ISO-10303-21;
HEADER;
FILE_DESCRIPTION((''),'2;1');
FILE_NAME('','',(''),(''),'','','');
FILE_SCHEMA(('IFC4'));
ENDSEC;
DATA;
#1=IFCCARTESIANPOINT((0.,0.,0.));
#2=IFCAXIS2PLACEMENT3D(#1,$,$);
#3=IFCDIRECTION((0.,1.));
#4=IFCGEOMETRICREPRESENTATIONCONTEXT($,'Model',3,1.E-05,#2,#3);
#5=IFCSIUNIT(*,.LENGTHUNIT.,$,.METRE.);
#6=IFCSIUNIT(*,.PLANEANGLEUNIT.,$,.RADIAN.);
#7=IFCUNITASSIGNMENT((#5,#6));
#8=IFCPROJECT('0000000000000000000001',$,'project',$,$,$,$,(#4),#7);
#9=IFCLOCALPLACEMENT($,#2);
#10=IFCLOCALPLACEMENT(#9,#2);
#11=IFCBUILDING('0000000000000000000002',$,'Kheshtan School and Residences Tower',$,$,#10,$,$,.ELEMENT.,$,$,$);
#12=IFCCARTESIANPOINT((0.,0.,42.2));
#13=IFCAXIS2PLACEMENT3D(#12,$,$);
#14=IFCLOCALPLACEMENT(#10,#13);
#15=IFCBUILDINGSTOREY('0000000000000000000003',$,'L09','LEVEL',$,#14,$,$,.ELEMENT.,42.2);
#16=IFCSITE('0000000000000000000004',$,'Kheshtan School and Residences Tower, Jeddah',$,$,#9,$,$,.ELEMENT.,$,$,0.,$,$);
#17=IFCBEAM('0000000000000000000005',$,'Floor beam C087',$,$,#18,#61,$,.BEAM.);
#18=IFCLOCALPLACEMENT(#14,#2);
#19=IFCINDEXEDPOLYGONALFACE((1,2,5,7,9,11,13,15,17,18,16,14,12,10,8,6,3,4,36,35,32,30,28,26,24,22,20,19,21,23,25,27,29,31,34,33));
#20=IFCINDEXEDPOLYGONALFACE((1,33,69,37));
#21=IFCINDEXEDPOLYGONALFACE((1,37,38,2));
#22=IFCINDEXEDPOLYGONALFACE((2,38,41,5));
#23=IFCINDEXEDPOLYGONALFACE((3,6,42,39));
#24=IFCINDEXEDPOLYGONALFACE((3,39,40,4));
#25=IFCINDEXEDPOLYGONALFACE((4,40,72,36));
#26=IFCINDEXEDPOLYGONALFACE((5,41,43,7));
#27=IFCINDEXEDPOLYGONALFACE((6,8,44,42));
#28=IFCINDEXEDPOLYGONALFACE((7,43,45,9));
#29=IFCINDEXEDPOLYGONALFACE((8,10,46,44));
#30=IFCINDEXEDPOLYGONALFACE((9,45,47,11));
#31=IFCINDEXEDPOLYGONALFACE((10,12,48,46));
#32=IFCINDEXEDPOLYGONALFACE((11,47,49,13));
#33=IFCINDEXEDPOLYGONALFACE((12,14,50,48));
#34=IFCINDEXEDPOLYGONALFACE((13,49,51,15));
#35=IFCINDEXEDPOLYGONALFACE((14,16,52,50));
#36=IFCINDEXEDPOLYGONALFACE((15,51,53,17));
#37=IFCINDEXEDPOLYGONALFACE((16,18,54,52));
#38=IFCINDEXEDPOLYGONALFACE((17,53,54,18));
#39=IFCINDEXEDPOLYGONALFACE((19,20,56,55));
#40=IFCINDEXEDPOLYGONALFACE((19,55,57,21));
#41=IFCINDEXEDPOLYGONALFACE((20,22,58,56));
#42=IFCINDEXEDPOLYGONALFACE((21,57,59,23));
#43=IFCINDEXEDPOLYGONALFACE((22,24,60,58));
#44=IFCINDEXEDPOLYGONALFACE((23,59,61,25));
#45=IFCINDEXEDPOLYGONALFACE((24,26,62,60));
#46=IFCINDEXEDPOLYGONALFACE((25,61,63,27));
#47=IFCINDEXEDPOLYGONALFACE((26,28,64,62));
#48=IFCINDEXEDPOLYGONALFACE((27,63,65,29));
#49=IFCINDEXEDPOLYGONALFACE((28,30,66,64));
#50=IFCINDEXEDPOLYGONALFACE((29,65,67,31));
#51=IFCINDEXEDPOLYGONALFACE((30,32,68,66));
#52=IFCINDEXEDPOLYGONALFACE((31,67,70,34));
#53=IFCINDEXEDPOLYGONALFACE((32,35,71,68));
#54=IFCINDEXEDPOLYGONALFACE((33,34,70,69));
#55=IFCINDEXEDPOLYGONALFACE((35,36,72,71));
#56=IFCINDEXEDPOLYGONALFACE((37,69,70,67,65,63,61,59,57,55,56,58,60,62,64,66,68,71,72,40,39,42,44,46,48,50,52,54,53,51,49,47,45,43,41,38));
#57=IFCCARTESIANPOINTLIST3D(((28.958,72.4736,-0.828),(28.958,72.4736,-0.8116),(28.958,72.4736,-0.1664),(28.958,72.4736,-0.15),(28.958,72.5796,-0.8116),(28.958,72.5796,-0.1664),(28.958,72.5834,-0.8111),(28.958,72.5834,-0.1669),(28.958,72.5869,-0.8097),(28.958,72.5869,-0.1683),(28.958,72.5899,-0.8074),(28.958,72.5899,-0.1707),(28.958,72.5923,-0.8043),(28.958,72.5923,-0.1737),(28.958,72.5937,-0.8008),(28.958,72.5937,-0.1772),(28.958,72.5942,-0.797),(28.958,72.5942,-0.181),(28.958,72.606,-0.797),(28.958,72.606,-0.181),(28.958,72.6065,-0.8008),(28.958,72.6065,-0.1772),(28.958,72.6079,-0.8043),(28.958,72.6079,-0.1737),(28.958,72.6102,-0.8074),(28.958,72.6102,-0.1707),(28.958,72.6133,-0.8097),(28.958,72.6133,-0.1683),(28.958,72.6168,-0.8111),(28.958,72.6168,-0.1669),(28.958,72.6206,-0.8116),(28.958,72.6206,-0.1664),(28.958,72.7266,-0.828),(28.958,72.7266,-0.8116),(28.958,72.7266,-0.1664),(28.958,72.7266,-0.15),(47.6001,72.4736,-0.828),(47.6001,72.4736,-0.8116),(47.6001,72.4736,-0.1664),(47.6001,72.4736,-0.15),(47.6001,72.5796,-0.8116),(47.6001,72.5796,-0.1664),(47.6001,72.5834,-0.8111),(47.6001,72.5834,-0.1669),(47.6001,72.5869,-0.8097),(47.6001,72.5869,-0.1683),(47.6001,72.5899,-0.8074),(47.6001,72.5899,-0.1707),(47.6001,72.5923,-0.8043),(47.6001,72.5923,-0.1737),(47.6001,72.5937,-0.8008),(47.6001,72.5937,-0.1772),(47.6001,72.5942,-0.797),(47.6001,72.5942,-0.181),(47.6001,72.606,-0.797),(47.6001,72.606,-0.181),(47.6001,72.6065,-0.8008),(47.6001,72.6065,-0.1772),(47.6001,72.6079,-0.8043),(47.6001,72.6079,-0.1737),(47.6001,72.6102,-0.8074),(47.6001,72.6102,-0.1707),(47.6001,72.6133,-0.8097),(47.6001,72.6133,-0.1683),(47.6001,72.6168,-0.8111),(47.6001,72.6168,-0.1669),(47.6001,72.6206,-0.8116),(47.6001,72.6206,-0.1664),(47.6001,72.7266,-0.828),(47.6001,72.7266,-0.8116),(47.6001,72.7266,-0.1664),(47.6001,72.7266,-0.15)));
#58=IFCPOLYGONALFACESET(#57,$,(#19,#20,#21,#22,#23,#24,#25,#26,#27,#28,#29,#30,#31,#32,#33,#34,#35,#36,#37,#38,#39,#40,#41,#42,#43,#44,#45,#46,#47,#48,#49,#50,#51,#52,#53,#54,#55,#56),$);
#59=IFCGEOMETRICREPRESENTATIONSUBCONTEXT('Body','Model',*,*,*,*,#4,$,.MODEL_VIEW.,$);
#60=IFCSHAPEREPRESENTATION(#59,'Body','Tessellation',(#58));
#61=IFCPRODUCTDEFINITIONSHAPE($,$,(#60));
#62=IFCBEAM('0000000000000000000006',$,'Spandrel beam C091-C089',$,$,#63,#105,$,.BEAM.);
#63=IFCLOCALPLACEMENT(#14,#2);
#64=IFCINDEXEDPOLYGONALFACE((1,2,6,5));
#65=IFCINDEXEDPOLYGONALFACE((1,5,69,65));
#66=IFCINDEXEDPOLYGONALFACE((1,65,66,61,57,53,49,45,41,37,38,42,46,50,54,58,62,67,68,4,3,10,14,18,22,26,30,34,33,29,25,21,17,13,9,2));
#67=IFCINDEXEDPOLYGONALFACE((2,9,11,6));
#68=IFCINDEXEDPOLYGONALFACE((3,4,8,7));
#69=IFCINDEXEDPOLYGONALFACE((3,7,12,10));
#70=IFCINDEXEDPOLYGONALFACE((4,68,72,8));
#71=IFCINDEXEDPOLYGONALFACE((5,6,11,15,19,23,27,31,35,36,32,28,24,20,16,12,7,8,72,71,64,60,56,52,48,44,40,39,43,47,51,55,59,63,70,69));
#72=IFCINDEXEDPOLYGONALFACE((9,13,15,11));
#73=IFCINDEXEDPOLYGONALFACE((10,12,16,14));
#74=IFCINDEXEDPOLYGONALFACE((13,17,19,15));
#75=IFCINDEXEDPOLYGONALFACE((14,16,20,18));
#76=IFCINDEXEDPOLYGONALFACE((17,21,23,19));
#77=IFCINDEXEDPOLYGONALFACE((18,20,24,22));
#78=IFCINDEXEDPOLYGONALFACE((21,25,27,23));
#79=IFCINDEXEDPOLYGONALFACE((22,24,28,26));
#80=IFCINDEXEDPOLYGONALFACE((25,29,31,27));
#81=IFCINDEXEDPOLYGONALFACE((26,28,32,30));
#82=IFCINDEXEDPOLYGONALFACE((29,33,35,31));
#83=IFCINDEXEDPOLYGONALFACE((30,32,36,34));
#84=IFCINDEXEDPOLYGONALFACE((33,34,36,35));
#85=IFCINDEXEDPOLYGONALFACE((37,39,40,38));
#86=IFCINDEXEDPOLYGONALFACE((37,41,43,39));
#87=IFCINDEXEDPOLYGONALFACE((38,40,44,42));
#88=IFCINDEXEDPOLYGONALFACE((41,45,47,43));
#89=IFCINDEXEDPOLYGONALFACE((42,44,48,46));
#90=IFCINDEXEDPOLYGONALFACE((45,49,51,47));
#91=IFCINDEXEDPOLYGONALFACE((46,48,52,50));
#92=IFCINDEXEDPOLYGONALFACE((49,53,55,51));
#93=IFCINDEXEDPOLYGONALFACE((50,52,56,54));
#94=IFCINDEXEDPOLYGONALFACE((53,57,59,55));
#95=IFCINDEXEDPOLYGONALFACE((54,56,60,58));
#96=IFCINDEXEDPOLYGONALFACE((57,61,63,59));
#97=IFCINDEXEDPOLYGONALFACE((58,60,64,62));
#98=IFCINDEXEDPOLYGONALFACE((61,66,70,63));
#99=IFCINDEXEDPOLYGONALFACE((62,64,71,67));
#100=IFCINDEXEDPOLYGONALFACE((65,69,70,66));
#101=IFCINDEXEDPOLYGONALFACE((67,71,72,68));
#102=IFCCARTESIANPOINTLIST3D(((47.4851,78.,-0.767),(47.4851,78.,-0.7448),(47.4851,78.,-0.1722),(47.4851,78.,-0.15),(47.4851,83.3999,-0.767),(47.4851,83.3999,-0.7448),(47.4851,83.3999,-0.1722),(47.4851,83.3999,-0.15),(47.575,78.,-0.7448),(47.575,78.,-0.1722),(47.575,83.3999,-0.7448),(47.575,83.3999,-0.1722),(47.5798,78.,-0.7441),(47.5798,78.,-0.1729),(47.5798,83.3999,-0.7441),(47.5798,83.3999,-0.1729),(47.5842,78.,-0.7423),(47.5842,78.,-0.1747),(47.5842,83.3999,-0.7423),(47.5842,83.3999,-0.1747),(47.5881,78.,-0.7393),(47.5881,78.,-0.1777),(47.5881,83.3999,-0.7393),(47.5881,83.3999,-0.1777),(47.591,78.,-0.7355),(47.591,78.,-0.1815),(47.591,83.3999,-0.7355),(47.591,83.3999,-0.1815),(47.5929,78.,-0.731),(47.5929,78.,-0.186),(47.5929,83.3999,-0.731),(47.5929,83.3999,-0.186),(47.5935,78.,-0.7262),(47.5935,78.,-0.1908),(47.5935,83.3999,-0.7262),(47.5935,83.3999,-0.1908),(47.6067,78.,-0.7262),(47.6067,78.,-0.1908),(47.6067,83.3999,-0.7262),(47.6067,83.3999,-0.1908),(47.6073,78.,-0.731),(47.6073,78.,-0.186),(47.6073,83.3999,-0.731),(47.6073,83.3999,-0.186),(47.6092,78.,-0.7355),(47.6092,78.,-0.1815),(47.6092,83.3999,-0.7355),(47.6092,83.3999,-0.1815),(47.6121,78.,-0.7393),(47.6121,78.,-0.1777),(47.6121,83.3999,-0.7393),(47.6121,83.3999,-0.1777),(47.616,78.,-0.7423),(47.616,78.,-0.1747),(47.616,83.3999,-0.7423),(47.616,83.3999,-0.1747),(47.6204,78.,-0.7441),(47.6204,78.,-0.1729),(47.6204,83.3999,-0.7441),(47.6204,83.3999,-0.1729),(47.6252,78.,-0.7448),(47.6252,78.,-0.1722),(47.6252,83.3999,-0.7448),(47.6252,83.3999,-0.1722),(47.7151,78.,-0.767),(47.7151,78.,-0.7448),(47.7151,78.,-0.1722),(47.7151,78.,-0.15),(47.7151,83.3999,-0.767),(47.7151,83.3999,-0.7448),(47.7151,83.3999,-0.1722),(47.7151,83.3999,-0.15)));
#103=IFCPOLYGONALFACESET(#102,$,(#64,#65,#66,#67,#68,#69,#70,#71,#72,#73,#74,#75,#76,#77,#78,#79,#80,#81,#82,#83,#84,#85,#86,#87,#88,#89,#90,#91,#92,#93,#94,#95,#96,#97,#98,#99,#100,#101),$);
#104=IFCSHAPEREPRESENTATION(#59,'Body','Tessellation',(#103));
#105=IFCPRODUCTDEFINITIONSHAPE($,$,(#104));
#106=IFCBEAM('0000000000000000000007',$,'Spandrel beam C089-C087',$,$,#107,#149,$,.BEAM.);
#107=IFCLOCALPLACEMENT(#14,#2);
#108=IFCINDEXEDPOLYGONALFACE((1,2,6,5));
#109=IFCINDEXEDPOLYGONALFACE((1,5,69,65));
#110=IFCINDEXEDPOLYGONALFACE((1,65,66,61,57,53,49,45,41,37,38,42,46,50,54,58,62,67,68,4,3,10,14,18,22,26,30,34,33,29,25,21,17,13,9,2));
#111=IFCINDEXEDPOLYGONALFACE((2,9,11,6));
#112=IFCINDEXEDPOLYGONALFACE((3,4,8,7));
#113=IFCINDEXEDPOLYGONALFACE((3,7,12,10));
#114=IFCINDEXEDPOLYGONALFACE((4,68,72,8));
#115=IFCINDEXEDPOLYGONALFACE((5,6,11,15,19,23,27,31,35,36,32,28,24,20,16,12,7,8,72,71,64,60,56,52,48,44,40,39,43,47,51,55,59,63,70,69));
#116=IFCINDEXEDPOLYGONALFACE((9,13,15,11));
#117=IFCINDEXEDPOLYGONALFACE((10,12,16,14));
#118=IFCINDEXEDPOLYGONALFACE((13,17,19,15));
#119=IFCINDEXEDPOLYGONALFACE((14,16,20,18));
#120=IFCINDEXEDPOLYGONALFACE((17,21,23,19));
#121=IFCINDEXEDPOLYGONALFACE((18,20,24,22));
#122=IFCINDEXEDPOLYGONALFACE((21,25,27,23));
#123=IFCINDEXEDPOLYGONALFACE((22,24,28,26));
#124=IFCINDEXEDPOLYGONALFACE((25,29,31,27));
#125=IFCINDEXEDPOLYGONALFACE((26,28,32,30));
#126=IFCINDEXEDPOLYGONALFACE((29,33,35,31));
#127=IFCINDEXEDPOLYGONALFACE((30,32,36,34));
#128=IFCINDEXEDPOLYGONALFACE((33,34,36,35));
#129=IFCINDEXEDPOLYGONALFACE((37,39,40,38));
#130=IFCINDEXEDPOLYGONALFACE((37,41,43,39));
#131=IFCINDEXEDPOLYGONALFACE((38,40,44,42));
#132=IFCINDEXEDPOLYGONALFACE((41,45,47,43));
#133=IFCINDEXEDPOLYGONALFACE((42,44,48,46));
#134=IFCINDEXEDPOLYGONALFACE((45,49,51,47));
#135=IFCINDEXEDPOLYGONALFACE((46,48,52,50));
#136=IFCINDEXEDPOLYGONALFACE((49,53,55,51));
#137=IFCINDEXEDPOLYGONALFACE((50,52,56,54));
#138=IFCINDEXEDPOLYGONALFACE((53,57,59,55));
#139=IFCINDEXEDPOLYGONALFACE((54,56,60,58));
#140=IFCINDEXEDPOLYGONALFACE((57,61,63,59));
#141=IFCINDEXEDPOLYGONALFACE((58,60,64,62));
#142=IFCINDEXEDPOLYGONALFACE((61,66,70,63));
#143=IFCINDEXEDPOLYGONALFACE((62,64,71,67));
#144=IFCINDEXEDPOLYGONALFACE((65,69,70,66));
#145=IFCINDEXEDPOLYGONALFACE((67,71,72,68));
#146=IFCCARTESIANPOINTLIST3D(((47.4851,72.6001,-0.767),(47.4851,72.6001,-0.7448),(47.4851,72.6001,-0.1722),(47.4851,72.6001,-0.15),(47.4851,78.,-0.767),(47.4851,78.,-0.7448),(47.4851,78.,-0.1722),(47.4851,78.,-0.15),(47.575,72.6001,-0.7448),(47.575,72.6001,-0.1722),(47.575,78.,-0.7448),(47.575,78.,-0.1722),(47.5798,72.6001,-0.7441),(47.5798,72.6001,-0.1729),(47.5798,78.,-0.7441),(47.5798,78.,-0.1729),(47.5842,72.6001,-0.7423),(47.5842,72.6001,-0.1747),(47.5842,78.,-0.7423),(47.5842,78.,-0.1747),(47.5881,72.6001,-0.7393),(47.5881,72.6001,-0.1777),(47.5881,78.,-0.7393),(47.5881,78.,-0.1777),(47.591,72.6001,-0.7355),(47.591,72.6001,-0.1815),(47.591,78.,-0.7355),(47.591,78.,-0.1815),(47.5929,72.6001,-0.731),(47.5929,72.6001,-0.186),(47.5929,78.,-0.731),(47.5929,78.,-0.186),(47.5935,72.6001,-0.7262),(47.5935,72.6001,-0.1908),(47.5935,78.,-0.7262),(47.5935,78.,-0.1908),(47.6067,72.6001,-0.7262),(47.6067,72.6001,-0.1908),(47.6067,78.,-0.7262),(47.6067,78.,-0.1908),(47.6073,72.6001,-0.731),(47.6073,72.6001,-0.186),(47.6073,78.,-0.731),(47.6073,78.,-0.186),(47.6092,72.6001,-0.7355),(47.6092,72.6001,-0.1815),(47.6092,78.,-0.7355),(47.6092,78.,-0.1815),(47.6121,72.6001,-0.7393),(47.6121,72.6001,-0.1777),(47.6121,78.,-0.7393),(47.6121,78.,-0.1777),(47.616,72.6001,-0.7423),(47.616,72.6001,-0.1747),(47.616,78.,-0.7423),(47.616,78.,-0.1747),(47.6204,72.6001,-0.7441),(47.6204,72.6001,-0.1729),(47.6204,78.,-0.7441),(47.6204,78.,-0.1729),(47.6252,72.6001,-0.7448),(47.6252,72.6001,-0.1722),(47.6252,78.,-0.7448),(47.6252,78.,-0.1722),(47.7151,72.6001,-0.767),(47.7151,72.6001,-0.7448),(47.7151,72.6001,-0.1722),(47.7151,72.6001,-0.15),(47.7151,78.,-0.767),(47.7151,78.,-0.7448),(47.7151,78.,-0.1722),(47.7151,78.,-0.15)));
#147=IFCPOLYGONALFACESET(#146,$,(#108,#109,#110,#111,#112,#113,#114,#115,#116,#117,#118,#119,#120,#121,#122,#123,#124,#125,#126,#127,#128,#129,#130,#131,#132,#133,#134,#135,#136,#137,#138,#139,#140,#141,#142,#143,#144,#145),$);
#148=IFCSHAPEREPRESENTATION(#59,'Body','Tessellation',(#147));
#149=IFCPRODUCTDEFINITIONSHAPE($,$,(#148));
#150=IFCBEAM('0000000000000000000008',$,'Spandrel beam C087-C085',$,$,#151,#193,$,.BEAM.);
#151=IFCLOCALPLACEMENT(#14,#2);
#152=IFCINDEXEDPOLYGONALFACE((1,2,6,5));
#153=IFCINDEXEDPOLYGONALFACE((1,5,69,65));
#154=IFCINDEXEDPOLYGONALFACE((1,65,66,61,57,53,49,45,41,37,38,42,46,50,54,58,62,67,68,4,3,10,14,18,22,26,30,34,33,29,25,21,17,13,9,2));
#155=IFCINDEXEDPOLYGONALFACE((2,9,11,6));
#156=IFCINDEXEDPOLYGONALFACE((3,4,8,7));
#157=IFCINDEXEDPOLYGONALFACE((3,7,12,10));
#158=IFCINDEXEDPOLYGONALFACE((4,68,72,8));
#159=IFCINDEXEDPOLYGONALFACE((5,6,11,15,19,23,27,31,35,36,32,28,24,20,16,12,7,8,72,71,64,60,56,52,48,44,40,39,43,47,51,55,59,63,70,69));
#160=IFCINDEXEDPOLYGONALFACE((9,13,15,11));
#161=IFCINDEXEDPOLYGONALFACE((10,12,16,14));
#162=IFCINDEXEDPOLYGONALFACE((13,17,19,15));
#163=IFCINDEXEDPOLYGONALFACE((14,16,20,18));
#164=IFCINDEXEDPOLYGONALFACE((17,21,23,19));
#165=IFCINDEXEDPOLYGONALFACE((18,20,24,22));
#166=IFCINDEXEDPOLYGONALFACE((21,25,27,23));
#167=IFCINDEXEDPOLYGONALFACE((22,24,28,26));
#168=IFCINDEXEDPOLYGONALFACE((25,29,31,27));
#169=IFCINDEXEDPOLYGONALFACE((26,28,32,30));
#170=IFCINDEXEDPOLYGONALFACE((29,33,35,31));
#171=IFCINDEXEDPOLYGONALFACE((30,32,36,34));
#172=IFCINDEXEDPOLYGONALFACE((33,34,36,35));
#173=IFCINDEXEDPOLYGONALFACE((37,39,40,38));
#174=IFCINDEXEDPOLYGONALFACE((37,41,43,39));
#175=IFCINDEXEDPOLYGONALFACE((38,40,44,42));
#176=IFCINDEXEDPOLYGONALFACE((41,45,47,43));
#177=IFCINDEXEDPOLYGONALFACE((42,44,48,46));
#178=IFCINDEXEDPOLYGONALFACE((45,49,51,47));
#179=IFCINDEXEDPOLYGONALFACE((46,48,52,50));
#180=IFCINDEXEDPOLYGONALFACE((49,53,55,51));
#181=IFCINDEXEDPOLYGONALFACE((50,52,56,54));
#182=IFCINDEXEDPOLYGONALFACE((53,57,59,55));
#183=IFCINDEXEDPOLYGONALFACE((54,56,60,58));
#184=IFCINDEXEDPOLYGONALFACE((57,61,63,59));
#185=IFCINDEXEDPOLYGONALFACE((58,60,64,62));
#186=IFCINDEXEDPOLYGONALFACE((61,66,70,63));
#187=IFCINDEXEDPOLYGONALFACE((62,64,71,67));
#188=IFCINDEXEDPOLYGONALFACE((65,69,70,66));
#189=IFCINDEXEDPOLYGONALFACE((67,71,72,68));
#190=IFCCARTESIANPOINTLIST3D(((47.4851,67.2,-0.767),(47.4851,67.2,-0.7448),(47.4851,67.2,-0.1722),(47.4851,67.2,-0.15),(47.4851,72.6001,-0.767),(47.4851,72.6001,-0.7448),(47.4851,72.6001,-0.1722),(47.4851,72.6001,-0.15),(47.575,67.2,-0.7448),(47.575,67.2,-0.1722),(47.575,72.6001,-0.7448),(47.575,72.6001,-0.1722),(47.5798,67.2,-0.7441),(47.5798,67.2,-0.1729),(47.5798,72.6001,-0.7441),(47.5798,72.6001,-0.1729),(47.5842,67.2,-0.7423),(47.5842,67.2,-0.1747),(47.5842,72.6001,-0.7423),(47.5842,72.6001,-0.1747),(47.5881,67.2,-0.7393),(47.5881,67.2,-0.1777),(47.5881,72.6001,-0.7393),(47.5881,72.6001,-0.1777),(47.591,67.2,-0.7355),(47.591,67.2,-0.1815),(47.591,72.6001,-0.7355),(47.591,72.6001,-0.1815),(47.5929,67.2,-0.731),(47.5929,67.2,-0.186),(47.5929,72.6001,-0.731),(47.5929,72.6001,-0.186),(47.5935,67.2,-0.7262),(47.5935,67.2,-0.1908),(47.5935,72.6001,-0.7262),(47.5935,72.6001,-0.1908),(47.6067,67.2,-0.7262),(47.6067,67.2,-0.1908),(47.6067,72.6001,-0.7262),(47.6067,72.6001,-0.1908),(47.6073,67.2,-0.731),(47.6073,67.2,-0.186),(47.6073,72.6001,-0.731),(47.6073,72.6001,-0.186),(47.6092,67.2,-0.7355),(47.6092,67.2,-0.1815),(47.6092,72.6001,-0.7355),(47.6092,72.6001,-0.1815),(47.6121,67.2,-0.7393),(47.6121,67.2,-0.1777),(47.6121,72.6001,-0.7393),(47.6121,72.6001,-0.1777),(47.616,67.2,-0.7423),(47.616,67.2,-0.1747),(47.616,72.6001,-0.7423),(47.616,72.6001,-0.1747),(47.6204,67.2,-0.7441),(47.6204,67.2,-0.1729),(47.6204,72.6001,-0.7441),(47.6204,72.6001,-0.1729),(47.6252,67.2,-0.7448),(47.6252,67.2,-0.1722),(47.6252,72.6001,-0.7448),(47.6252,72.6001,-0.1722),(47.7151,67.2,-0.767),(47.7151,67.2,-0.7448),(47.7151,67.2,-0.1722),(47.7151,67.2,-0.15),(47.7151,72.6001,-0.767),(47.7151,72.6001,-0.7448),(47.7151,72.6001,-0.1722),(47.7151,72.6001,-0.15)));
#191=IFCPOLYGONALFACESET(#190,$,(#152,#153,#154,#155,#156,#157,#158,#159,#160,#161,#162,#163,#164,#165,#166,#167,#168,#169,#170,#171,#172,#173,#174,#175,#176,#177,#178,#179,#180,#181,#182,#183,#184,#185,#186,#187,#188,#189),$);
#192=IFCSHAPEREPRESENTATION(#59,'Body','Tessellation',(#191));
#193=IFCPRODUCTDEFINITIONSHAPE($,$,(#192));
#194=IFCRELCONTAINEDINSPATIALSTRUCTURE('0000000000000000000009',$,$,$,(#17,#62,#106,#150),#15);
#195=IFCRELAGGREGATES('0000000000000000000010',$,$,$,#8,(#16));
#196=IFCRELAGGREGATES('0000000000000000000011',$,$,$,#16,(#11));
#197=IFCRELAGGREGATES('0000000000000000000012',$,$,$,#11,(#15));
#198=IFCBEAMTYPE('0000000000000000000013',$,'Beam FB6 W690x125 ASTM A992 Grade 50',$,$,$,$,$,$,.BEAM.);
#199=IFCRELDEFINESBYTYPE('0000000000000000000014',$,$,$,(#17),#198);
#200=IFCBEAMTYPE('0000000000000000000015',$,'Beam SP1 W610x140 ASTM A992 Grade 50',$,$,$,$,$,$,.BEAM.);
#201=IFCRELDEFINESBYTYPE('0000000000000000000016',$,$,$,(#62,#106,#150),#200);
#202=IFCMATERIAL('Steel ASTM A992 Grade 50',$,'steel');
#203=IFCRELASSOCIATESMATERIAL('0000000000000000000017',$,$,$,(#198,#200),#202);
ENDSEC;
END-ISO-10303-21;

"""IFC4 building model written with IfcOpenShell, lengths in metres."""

from ifc_helpers import new_model, si_unit, direction, frame, origin, origin_2d, place, context, subcontext, project, spatial, i_section, extrude, material, material_profile, profile_set, type_object, element, save


model = new_model("IFC4")

# Units and contexts
model_context = context("Model", 3, precision=1e-05, world=origin(), true_north=direction((0.0, 1.0)))
body_context = subcontext(model_context, "Body", "Model", "MODEL_VIEW")
ifc_project = project(units=[si_unit("LENGTHUNIT", "METRE"), si_unit("PLANEANGLEUNIT", "RADIAN")], contexts=[model_context])

# Site, building, storey
site_placement = place(None, origin())
site = spatial("IfcSite", under=ifc_project, at=site_placement, Name="Kheshtan School and Residences Tower, Jeddah", CompositionType="ELEMENT", RefElevation=0.0)
building_placement = place(site_placement, origin())
building = spatial("IfcBuilding", under=site, at=building_placement, Name="Kheshtan School and Residences Tower", CompositionType="ELEMENT")
storey_placement = place(building_placement, frame((0.0, 0.0, 42.2)))
storey = spatial("IfcBuildingStorey", under=building, at=storey_placement, Name="L09", Description="LEVEL", CompositionType="ELEMENT", Elevation=42.2)

# Shared definitions
ifc_material_1 = material(Name="Steel ASTM A992 Grade 50", Category="steel")

# Beams
ifc_material_profile_1 = material_profile(ifc_material_1, i_section(OverallWidth=0.2529, OverallDepth=0.678, WebThickness=0.0117, FlangeThickness=0.0164, FilletRadius=0.0146, at=origin_2d()), Name="W690x125")
ifc_profile_set_1 = profile_set([ifc_material_profile_1], Name="Steel ASTM A992 Grade 50")
beam_type_1 = type_object("IfcBeamType", Name="Beam FB6 W690x125 ASTM A992 Grade 50", PredefinedType="BEAM", material=ifc_profile_set_1)
beam_1_placement = place(storey_placement, frame((47.6001, 72.6001, -0.489), z_axis=(-1.0, 0.0, 0.0), x_axis=(0.0, -1.0, 0.0)))
element("IfcBeam", 1, at=beam_1_placement, inside=storey, type_object=beam_type_1, Name="Floor beam C087", PredefinedType="BEAM", context=body_context, shape_type="SweptSolid", body=[
    extrude(i_section(OverallWidth=0.2529, OverallDepth=0.678, WebThickness=0.0117, FlangeThickness=0.0164, FilletRadius=0.0146, at=origin_2d()), origin(), (0.0, 0.0, 1.0), 18.6421),
])
ifc_material_profile_2 = material_profile(ifc_material_1, i_section(OverallWidth=0.23, OverallDepth=0.6169, WebThickness=0.0132, FlangeThickness=0.0222, FilletRadius=0.0186, at=origin_2d()), Name="W610x140")
ifc_profile_set_2 = profile_set([ifc_material_profile_2], Name="Steel ASTM A992 Grade 50")
beam_type_2 = type_object("IfcBeamType", Name="Beam SP1 W610x140 ASTM A992 Grade 50", PredefinedType="BEAM", material=ifc_profile_set_2)
for number, where, z_axis, x_axis, name in (
    (2, (47.6001, 83.3999, -0.4585), (0.0, -1.0, 0.0), (1.0, 0.0, 0.0), "Spandrel beam C091-C089"),
    (3, (47.6001, 78.0, -0.4585), (0.0, -1.0, 0.0), (1.0, 0.0, 0.0), "Spandrel beam C089-C087"),
):
    element("IfcBeam", number, at=place(storey_placement, frame(where, z_axis=z_axis, x_axis=x_axis)), inside=storey, type_object=beam_type_2, Name=name, PredefinedType="BEAM", context=body_context, shape_type="SweptSolid", body=[
        extrude(i_section(OverallWidth=0.23, OverallDepth=0.6169, WebThickness=0.0132, FlangeThickness=0.0222, FilletRadius=0.0186, at=origin_2d()), origin(), (0.0, 0.0, 1.0), 5.3999),
    ])
beam_2_placement = place(storey_placement, frame((47.6001, 72.6001, -0.4585), z_axis=(0.0, -1.0, 0.0), x_axis=(1.0, 0.0, 0.0)))
element("IfcBeam", 4, at=beam_2_placement, inside=storey, type_object=beam_type_2, Name="Spandrel beam C087-C085", PredefinedType="BEAM", context=body_context, shape_type="SweptSolid", body=[
    extrude(i_section(OverallWidth=0.23, OverallDepth=0.6169, WebThickness=0.0132, FlangeThickness=0.0222, FilletRadius=0.0186, at=origin_2d()), origin(), (0.0, 0.0, 1.0), 5.4001),
])

save(model, "model.ifc")
